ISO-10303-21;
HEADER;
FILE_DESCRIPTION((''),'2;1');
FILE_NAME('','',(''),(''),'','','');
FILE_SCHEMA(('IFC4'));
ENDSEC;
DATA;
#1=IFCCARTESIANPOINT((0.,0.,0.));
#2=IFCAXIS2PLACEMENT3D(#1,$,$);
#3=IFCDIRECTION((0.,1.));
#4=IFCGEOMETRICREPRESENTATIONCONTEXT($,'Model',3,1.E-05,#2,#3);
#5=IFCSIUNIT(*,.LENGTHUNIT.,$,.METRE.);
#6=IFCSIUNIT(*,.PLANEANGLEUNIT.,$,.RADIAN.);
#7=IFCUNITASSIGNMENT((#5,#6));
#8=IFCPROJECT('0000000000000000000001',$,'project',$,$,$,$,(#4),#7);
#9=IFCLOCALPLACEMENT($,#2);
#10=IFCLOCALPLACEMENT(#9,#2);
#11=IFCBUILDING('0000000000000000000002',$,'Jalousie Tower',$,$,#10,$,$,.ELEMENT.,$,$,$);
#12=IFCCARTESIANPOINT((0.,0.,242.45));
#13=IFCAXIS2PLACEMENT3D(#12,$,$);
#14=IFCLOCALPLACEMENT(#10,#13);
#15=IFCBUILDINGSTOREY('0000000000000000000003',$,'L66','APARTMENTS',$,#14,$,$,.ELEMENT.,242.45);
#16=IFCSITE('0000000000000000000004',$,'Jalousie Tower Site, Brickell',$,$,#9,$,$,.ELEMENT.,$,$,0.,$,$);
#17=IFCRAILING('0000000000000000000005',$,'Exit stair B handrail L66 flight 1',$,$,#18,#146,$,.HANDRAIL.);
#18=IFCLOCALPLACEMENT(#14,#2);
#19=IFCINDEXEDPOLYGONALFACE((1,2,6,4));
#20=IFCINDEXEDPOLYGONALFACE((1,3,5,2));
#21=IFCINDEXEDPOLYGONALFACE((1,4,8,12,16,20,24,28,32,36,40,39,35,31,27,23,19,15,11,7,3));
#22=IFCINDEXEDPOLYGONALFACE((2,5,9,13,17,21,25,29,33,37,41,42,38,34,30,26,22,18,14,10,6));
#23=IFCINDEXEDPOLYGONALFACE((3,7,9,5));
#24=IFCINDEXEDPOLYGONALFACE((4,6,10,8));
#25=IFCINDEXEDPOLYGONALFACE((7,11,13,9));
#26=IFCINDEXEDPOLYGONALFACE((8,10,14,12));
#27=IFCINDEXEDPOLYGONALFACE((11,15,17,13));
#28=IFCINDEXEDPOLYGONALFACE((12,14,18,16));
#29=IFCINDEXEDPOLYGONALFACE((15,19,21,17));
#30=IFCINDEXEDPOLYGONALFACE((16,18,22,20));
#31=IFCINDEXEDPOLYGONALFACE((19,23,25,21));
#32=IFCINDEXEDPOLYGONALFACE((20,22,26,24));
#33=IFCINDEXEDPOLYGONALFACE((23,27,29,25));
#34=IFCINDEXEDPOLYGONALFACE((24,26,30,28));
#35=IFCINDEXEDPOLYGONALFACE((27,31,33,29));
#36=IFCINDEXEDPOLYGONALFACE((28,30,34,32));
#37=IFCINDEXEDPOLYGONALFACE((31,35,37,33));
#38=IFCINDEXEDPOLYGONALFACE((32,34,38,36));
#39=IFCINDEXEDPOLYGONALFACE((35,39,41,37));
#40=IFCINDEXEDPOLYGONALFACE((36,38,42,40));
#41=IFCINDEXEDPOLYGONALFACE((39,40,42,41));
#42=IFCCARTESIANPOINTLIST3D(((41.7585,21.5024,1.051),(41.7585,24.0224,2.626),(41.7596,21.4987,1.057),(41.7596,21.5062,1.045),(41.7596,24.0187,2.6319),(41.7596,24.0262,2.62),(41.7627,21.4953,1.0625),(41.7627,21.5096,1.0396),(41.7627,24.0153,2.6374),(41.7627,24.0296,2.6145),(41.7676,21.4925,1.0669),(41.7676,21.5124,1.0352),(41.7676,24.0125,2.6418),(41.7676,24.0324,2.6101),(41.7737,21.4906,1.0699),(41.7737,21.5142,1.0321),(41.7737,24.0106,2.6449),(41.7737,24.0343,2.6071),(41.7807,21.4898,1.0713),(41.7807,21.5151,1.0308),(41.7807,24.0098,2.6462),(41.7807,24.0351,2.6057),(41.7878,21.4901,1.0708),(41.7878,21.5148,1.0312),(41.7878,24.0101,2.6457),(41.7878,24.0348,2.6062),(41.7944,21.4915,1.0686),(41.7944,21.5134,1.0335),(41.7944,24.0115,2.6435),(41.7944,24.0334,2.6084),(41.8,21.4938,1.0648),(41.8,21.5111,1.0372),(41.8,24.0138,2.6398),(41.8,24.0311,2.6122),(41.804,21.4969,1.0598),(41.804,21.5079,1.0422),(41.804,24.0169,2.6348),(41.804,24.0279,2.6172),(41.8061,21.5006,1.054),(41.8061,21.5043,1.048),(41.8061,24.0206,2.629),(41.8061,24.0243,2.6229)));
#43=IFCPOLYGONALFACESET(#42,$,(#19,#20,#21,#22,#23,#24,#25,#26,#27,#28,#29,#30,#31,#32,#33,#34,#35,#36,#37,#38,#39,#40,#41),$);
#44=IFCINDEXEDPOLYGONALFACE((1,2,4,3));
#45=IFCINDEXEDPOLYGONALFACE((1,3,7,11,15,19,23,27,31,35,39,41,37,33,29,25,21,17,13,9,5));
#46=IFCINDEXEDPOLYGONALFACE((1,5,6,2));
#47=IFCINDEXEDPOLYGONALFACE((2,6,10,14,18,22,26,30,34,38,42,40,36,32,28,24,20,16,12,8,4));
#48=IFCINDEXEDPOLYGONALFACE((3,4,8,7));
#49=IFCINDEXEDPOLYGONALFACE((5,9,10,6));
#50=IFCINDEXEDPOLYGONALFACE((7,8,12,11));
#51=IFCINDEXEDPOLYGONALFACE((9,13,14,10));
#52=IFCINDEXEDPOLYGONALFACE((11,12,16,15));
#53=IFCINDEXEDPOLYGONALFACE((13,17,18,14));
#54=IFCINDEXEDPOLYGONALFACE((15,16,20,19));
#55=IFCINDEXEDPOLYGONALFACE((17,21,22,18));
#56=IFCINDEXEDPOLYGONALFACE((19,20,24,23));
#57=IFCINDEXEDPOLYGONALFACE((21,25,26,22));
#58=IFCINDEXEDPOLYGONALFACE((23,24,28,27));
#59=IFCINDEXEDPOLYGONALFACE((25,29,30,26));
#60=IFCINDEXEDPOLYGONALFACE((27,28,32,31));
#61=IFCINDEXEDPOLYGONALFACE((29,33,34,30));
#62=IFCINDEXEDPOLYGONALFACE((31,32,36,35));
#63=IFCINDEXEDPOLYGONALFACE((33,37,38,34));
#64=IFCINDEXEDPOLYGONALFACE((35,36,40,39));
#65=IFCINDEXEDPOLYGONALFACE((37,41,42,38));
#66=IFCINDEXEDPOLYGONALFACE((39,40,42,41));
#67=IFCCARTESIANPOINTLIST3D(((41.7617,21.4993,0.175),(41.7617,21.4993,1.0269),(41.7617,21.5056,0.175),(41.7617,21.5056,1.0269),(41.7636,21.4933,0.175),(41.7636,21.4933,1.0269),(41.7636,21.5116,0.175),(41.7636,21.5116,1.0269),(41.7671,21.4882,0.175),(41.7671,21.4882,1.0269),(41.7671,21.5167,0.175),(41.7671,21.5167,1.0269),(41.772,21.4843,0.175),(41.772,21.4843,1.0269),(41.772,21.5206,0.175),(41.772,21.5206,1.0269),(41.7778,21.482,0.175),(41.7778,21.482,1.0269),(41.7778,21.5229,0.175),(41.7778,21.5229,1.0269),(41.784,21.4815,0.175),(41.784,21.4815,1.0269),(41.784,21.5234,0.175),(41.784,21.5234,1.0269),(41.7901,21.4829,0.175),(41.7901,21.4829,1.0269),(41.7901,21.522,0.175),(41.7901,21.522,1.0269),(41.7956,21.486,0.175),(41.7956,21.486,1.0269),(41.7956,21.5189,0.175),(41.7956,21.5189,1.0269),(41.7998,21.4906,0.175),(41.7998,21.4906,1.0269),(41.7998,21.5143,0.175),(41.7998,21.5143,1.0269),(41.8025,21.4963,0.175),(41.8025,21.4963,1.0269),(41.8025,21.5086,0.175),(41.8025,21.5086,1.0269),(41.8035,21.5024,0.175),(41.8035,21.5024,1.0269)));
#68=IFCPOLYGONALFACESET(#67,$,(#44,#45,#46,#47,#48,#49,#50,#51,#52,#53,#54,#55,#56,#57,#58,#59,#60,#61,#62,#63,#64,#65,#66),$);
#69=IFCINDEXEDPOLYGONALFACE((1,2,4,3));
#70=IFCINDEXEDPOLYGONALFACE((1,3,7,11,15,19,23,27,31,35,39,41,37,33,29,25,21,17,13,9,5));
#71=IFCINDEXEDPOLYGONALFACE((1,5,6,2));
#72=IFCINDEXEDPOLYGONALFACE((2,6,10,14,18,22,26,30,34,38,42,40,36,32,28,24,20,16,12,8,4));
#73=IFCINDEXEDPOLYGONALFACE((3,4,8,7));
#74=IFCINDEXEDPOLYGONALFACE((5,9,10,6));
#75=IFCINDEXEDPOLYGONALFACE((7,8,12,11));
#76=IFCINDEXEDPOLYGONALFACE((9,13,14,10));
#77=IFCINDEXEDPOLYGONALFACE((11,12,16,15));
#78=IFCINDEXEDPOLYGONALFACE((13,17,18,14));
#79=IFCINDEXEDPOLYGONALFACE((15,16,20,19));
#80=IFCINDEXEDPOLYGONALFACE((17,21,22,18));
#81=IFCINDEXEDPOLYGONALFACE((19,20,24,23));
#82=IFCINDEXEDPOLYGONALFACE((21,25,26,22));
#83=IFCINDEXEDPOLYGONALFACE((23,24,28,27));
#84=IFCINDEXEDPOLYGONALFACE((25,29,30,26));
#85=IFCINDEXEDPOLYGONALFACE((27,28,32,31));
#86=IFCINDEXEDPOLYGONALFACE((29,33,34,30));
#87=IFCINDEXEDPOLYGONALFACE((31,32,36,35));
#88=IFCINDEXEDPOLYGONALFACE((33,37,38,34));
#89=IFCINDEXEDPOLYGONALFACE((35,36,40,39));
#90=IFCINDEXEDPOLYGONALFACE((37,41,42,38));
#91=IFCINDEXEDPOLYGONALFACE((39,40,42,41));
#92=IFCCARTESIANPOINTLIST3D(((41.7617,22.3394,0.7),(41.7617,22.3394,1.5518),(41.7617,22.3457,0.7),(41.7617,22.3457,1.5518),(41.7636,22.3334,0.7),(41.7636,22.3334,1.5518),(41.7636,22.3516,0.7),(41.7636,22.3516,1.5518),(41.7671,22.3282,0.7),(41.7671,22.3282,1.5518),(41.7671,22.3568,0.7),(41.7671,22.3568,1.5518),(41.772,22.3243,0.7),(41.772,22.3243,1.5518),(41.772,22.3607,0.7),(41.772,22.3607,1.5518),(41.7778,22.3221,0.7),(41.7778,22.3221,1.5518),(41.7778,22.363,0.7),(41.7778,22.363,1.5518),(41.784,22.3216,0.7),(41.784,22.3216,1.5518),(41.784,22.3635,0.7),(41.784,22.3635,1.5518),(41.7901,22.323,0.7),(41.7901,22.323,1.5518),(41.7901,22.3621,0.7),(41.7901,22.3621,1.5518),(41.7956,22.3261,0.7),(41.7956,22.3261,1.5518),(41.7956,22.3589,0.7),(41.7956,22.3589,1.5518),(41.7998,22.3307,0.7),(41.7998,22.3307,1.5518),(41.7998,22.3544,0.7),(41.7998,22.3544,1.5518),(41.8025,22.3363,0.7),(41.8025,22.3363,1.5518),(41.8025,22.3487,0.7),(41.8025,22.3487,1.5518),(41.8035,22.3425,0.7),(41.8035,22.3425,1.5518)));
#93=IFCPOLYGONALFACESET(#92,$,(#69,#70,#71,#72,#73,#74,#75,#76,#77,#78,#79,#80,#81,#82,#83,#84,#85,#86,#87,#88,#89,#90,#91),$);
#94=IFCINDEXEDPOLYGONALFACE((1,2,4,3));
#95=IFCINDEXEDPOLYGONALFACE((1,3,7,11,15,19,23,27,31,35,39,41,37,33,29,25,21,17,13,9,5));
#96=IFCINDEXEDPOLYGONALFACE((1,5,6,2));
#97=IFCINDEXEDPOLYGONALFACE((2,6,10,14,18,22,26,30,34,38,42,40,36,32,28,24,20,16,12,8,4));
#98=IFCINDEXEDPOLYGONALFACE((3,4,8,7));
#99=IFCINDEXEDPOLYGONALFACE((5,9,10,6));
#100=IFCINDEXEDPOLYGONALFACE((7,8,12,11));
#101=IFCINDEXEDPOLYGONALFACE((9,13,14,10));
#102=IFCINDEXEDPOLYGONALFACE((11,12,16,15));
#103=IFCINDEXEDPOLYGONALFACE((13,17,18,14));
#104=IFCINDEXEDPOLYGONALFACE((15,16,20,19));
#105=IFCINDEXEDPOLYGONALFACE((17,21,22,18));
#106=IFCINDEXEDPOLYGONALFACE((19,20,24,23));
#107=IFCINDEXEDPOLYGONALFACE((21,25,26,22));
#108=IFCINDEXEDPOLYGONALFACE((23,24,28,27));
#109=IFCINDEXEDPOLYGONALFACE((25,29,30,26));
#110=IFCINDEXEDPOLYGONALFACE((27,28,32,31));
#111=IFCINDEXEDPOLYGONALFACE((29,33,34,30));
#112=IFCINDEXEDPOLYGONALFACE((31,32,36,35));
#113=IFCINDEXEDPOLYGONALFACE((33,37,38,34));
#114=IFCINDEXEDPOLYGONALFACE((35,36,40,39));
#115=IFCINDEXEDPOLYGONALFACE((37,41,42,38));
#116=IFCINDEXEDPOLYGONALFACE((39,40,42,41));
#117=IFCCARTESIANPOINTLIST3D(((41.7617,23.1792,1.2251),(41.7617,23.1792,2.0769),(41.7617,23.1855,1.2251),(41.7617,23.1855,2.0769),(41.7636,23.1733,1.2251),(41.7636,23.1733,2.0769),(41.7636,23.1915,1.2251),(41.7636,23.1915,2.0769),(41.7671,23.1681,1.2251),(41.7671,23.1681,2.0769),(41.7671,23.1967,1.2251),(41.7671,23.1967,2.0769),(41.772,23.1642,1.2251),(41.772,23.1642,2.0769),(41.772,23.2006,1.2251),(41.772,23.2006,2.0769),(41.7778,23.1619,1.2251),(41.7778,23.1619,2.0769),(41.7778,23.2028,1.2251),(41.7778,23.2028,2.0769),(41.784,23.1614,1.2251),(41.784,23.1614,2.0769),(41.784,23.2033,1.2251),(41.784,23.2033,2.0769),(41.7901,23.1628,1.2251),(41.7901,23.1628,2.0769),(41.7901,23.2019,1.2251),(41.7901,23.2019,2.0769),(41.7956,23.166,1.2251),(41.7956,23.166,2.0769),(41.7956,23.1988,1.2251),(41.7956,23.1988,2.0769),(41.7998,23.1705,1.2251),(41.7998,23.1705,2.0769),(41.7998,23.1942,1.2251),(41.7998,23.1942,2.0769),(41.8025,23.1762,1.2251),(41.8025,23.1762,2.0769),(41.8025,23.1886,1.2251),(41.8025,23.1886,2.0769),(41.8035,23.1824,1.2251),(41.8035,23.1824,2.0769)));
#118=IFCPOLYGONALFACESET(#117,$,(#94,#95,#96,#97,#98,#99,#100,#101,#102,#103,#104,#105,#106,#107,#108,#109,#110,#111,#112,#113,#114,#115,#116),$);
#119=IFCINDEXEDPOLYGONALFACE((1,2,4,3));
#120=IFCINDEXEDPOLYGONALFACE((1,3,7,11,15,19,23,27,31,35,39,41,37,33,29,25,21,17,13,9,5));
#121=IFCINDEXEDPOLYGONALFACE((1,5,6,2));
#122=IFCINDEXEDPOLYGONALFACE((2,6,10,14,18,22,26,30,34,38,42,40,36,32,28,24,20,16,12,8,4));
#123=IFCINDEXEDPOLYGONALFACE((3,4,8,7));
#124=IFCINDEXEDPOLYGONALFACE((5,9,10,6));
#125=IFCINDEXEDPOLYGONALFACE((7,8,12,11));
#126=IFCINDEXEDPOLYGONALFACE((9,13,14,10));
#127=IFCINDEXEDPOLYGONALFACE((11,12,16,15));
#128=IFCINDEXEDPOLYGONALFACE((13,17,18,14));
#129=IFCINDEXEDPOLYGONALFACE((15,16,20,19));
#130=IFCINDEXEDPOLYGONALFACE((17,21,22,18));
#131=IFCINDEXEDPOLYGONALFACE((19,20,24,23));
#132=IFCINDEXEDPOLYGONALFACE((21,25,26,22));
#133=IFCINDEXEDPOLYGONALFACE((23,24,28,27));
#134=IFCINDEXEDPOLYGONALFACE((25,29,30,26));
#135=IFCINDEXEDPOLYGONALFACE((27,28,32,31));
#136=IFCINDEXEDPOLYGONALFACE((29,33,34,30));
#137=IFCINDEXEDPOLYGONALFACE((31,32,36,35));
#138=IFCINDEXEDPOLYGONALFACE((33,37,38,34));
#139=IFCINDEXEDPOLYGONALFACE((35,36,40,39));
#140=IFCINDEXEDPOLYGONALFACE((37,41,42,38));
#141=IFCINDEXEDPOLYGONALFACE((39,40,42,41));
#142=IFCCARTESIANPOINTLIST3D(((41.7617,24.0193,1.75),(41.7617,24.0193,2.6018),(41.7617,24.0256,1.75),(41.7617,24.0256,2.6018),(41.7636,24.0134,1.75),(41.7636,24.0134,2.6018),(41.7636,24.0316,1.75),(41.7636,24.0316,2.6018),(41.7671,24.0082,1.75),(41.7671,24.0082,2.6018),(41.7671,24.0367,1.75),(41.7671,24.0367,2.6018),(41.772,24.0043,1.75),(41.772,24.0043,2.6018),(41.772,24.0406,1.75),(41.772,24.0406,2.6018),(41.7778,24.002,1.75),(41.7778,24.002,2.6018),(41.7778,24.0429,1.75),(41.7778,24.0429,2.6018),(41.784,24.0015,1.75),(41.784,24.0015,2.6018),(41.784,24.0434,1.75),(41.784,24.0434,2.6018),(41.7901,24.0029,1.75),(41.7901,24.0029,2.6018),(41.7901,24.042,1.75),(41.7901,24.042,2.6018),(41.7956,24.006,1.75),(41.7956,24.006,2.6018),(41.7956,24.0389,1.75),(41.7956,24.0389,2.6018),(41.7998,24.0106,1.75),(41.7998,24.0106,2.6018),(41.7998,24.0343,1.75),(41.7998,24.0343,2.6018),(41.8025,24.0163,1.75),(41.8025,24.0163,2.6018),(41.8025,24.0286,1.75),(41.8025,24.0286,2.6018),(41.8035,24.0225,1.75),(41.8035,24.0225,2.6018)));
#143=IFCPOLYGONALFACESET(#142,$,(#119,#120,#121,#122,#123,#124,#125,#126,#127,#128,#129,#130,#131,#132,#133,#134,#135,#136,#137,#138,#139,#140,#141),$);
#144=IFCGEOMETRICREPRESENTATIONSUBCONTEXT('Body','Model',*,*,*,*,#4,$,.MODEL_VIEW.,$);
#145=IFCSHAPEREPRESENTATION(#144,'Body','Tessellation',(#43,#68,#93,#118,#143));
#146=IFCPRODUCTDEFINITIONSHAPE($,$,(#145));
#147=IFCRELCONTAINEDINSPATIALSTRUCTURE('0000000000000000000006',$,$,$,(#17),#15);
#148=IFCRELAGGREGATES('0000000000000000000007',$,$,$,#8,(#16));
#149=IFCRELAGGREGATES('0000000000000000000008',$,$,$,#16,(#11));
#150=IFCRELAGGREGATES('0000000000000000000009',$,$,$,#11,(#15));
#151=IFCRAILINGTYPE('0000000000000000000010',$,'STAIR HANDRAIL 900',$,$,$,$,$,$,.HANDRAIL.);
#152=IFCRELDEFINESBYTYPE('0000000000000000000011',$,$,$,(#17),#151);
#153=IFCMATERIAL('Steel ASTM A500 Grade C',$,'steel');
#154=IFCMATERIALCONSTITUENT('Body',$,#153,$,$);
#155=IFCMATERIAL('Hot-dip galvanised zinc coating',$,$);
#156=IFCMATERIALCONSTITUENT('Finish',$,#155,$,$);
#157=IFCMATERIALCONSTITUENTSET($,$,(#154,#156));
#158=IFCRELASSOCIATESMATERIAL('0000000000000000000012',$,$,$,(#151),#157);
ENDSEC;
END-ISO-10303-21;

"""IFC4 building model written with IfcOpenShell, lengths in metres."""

from ifc_helpers import new_model, si_unit, direction, frame, origin, origin_2d, place, context, subcontext, project, spatial, circle, extrude, material, constituent, constituent_set, type_object, element, save


model = new_model("IFC4")

# Units and contexts
model_context = context("Model", 3, precision=1e-05, world=origin(), true_north=direction((0.0, 1.0)))
body_context = subcontext(model_context, "Body", "Model", "MODEL_VIEW")
ifc_project = project(units=[si_unit("LENGTHUNIT", "METRE"), si_unit("PLANEANGLEUNIT", "RADIAN")], contexts=[model_context])

# Site, building, storey
site_placement = place(None, origin())
site = spatial("IfcSite", under=ifc_project, at=site_placement, Name="Jalousie Tower Site, Brickell", CompositionType="ELEMENT", RefElevation=0.0)
building_placement = place(site_placement, origin())
building = spatial("IfcBuilding", under=site, at=building_placement, Name="Jalousie Tower", CompositionType="ELEMENT")
storey_placement = place(building_placement, frame((0.0, 0.0, 242.45)))
storey = spatial("IfcBuildingStorey", under=building, at=storey_placement, Name="L66", Description="APARTMENTS", CompositionType="ELEMENT", Elevation=242.45)

# Railing
ifc_material_1 = material(Name="Steel ASTM A500 Grade C", Category="steel")
ifc_constituent_1 = constituent(ifc_material_1, Name="Body")
ifc_material_2 = material(Name="Hot-dip galvanised zinc coating")
ifc_constituent_2 = constituent(ifc_material_2, Name="Finish")
ifc_constituent_set_1 = constituent_set(constituents=[ifc_constituent_1, ifc_constituent_2])
railing_type_1 = type_object("IfcRailingType", Name="STAIR HANDRAIL 900", PredefinedType="HANDRAIL", material=ifc_constituent_set_1)
railing_1_placement = place(storey_placement, frame((41.7825, 21.5024, 0.175)))
element("IfcRailing", 1, at=railing_1_placement, inside=storey, type_object=railing_type_1, Name="Exit stair B handrail L66 flight 1", PredefinedType="HANDRAIL", context=body_context, shape_type="SweptSolid", body=[
    extrude(circle(Radius=0.0239, at=origin_2d()), frame((0.0, 0.0, 0.876), z_axis=(0.0, 0.848008, 0.529984), x_axis=(-1.0, 0.0, 0.0)), (0.0, 0.0, 1.0), 2.9717),
    extrude(circle(Radius=0.021, at=origin_2d()), origin(), (0.0, 0.0, 1.0), 0.8518),
    extrude(circle(Radius=0.021, at=origin_2d()), frame((0.0, 0.8401, 0.5249)), (0.0, 0.0, 1.0), 0.8518),
    extrude(circle(Radius=0.021, at=origin_2d()), frame((0.0, 1.6799, 1.05)), (0.0, 0.0, 1.0), 0.8518),
    extrude(circle(Radius=0.021, at=origin_2d()), frame((0.0, 2.52, 1.575)), (0.0, 0.0, 1.0), 0.8518),
])

save(model, "model.ifc")
